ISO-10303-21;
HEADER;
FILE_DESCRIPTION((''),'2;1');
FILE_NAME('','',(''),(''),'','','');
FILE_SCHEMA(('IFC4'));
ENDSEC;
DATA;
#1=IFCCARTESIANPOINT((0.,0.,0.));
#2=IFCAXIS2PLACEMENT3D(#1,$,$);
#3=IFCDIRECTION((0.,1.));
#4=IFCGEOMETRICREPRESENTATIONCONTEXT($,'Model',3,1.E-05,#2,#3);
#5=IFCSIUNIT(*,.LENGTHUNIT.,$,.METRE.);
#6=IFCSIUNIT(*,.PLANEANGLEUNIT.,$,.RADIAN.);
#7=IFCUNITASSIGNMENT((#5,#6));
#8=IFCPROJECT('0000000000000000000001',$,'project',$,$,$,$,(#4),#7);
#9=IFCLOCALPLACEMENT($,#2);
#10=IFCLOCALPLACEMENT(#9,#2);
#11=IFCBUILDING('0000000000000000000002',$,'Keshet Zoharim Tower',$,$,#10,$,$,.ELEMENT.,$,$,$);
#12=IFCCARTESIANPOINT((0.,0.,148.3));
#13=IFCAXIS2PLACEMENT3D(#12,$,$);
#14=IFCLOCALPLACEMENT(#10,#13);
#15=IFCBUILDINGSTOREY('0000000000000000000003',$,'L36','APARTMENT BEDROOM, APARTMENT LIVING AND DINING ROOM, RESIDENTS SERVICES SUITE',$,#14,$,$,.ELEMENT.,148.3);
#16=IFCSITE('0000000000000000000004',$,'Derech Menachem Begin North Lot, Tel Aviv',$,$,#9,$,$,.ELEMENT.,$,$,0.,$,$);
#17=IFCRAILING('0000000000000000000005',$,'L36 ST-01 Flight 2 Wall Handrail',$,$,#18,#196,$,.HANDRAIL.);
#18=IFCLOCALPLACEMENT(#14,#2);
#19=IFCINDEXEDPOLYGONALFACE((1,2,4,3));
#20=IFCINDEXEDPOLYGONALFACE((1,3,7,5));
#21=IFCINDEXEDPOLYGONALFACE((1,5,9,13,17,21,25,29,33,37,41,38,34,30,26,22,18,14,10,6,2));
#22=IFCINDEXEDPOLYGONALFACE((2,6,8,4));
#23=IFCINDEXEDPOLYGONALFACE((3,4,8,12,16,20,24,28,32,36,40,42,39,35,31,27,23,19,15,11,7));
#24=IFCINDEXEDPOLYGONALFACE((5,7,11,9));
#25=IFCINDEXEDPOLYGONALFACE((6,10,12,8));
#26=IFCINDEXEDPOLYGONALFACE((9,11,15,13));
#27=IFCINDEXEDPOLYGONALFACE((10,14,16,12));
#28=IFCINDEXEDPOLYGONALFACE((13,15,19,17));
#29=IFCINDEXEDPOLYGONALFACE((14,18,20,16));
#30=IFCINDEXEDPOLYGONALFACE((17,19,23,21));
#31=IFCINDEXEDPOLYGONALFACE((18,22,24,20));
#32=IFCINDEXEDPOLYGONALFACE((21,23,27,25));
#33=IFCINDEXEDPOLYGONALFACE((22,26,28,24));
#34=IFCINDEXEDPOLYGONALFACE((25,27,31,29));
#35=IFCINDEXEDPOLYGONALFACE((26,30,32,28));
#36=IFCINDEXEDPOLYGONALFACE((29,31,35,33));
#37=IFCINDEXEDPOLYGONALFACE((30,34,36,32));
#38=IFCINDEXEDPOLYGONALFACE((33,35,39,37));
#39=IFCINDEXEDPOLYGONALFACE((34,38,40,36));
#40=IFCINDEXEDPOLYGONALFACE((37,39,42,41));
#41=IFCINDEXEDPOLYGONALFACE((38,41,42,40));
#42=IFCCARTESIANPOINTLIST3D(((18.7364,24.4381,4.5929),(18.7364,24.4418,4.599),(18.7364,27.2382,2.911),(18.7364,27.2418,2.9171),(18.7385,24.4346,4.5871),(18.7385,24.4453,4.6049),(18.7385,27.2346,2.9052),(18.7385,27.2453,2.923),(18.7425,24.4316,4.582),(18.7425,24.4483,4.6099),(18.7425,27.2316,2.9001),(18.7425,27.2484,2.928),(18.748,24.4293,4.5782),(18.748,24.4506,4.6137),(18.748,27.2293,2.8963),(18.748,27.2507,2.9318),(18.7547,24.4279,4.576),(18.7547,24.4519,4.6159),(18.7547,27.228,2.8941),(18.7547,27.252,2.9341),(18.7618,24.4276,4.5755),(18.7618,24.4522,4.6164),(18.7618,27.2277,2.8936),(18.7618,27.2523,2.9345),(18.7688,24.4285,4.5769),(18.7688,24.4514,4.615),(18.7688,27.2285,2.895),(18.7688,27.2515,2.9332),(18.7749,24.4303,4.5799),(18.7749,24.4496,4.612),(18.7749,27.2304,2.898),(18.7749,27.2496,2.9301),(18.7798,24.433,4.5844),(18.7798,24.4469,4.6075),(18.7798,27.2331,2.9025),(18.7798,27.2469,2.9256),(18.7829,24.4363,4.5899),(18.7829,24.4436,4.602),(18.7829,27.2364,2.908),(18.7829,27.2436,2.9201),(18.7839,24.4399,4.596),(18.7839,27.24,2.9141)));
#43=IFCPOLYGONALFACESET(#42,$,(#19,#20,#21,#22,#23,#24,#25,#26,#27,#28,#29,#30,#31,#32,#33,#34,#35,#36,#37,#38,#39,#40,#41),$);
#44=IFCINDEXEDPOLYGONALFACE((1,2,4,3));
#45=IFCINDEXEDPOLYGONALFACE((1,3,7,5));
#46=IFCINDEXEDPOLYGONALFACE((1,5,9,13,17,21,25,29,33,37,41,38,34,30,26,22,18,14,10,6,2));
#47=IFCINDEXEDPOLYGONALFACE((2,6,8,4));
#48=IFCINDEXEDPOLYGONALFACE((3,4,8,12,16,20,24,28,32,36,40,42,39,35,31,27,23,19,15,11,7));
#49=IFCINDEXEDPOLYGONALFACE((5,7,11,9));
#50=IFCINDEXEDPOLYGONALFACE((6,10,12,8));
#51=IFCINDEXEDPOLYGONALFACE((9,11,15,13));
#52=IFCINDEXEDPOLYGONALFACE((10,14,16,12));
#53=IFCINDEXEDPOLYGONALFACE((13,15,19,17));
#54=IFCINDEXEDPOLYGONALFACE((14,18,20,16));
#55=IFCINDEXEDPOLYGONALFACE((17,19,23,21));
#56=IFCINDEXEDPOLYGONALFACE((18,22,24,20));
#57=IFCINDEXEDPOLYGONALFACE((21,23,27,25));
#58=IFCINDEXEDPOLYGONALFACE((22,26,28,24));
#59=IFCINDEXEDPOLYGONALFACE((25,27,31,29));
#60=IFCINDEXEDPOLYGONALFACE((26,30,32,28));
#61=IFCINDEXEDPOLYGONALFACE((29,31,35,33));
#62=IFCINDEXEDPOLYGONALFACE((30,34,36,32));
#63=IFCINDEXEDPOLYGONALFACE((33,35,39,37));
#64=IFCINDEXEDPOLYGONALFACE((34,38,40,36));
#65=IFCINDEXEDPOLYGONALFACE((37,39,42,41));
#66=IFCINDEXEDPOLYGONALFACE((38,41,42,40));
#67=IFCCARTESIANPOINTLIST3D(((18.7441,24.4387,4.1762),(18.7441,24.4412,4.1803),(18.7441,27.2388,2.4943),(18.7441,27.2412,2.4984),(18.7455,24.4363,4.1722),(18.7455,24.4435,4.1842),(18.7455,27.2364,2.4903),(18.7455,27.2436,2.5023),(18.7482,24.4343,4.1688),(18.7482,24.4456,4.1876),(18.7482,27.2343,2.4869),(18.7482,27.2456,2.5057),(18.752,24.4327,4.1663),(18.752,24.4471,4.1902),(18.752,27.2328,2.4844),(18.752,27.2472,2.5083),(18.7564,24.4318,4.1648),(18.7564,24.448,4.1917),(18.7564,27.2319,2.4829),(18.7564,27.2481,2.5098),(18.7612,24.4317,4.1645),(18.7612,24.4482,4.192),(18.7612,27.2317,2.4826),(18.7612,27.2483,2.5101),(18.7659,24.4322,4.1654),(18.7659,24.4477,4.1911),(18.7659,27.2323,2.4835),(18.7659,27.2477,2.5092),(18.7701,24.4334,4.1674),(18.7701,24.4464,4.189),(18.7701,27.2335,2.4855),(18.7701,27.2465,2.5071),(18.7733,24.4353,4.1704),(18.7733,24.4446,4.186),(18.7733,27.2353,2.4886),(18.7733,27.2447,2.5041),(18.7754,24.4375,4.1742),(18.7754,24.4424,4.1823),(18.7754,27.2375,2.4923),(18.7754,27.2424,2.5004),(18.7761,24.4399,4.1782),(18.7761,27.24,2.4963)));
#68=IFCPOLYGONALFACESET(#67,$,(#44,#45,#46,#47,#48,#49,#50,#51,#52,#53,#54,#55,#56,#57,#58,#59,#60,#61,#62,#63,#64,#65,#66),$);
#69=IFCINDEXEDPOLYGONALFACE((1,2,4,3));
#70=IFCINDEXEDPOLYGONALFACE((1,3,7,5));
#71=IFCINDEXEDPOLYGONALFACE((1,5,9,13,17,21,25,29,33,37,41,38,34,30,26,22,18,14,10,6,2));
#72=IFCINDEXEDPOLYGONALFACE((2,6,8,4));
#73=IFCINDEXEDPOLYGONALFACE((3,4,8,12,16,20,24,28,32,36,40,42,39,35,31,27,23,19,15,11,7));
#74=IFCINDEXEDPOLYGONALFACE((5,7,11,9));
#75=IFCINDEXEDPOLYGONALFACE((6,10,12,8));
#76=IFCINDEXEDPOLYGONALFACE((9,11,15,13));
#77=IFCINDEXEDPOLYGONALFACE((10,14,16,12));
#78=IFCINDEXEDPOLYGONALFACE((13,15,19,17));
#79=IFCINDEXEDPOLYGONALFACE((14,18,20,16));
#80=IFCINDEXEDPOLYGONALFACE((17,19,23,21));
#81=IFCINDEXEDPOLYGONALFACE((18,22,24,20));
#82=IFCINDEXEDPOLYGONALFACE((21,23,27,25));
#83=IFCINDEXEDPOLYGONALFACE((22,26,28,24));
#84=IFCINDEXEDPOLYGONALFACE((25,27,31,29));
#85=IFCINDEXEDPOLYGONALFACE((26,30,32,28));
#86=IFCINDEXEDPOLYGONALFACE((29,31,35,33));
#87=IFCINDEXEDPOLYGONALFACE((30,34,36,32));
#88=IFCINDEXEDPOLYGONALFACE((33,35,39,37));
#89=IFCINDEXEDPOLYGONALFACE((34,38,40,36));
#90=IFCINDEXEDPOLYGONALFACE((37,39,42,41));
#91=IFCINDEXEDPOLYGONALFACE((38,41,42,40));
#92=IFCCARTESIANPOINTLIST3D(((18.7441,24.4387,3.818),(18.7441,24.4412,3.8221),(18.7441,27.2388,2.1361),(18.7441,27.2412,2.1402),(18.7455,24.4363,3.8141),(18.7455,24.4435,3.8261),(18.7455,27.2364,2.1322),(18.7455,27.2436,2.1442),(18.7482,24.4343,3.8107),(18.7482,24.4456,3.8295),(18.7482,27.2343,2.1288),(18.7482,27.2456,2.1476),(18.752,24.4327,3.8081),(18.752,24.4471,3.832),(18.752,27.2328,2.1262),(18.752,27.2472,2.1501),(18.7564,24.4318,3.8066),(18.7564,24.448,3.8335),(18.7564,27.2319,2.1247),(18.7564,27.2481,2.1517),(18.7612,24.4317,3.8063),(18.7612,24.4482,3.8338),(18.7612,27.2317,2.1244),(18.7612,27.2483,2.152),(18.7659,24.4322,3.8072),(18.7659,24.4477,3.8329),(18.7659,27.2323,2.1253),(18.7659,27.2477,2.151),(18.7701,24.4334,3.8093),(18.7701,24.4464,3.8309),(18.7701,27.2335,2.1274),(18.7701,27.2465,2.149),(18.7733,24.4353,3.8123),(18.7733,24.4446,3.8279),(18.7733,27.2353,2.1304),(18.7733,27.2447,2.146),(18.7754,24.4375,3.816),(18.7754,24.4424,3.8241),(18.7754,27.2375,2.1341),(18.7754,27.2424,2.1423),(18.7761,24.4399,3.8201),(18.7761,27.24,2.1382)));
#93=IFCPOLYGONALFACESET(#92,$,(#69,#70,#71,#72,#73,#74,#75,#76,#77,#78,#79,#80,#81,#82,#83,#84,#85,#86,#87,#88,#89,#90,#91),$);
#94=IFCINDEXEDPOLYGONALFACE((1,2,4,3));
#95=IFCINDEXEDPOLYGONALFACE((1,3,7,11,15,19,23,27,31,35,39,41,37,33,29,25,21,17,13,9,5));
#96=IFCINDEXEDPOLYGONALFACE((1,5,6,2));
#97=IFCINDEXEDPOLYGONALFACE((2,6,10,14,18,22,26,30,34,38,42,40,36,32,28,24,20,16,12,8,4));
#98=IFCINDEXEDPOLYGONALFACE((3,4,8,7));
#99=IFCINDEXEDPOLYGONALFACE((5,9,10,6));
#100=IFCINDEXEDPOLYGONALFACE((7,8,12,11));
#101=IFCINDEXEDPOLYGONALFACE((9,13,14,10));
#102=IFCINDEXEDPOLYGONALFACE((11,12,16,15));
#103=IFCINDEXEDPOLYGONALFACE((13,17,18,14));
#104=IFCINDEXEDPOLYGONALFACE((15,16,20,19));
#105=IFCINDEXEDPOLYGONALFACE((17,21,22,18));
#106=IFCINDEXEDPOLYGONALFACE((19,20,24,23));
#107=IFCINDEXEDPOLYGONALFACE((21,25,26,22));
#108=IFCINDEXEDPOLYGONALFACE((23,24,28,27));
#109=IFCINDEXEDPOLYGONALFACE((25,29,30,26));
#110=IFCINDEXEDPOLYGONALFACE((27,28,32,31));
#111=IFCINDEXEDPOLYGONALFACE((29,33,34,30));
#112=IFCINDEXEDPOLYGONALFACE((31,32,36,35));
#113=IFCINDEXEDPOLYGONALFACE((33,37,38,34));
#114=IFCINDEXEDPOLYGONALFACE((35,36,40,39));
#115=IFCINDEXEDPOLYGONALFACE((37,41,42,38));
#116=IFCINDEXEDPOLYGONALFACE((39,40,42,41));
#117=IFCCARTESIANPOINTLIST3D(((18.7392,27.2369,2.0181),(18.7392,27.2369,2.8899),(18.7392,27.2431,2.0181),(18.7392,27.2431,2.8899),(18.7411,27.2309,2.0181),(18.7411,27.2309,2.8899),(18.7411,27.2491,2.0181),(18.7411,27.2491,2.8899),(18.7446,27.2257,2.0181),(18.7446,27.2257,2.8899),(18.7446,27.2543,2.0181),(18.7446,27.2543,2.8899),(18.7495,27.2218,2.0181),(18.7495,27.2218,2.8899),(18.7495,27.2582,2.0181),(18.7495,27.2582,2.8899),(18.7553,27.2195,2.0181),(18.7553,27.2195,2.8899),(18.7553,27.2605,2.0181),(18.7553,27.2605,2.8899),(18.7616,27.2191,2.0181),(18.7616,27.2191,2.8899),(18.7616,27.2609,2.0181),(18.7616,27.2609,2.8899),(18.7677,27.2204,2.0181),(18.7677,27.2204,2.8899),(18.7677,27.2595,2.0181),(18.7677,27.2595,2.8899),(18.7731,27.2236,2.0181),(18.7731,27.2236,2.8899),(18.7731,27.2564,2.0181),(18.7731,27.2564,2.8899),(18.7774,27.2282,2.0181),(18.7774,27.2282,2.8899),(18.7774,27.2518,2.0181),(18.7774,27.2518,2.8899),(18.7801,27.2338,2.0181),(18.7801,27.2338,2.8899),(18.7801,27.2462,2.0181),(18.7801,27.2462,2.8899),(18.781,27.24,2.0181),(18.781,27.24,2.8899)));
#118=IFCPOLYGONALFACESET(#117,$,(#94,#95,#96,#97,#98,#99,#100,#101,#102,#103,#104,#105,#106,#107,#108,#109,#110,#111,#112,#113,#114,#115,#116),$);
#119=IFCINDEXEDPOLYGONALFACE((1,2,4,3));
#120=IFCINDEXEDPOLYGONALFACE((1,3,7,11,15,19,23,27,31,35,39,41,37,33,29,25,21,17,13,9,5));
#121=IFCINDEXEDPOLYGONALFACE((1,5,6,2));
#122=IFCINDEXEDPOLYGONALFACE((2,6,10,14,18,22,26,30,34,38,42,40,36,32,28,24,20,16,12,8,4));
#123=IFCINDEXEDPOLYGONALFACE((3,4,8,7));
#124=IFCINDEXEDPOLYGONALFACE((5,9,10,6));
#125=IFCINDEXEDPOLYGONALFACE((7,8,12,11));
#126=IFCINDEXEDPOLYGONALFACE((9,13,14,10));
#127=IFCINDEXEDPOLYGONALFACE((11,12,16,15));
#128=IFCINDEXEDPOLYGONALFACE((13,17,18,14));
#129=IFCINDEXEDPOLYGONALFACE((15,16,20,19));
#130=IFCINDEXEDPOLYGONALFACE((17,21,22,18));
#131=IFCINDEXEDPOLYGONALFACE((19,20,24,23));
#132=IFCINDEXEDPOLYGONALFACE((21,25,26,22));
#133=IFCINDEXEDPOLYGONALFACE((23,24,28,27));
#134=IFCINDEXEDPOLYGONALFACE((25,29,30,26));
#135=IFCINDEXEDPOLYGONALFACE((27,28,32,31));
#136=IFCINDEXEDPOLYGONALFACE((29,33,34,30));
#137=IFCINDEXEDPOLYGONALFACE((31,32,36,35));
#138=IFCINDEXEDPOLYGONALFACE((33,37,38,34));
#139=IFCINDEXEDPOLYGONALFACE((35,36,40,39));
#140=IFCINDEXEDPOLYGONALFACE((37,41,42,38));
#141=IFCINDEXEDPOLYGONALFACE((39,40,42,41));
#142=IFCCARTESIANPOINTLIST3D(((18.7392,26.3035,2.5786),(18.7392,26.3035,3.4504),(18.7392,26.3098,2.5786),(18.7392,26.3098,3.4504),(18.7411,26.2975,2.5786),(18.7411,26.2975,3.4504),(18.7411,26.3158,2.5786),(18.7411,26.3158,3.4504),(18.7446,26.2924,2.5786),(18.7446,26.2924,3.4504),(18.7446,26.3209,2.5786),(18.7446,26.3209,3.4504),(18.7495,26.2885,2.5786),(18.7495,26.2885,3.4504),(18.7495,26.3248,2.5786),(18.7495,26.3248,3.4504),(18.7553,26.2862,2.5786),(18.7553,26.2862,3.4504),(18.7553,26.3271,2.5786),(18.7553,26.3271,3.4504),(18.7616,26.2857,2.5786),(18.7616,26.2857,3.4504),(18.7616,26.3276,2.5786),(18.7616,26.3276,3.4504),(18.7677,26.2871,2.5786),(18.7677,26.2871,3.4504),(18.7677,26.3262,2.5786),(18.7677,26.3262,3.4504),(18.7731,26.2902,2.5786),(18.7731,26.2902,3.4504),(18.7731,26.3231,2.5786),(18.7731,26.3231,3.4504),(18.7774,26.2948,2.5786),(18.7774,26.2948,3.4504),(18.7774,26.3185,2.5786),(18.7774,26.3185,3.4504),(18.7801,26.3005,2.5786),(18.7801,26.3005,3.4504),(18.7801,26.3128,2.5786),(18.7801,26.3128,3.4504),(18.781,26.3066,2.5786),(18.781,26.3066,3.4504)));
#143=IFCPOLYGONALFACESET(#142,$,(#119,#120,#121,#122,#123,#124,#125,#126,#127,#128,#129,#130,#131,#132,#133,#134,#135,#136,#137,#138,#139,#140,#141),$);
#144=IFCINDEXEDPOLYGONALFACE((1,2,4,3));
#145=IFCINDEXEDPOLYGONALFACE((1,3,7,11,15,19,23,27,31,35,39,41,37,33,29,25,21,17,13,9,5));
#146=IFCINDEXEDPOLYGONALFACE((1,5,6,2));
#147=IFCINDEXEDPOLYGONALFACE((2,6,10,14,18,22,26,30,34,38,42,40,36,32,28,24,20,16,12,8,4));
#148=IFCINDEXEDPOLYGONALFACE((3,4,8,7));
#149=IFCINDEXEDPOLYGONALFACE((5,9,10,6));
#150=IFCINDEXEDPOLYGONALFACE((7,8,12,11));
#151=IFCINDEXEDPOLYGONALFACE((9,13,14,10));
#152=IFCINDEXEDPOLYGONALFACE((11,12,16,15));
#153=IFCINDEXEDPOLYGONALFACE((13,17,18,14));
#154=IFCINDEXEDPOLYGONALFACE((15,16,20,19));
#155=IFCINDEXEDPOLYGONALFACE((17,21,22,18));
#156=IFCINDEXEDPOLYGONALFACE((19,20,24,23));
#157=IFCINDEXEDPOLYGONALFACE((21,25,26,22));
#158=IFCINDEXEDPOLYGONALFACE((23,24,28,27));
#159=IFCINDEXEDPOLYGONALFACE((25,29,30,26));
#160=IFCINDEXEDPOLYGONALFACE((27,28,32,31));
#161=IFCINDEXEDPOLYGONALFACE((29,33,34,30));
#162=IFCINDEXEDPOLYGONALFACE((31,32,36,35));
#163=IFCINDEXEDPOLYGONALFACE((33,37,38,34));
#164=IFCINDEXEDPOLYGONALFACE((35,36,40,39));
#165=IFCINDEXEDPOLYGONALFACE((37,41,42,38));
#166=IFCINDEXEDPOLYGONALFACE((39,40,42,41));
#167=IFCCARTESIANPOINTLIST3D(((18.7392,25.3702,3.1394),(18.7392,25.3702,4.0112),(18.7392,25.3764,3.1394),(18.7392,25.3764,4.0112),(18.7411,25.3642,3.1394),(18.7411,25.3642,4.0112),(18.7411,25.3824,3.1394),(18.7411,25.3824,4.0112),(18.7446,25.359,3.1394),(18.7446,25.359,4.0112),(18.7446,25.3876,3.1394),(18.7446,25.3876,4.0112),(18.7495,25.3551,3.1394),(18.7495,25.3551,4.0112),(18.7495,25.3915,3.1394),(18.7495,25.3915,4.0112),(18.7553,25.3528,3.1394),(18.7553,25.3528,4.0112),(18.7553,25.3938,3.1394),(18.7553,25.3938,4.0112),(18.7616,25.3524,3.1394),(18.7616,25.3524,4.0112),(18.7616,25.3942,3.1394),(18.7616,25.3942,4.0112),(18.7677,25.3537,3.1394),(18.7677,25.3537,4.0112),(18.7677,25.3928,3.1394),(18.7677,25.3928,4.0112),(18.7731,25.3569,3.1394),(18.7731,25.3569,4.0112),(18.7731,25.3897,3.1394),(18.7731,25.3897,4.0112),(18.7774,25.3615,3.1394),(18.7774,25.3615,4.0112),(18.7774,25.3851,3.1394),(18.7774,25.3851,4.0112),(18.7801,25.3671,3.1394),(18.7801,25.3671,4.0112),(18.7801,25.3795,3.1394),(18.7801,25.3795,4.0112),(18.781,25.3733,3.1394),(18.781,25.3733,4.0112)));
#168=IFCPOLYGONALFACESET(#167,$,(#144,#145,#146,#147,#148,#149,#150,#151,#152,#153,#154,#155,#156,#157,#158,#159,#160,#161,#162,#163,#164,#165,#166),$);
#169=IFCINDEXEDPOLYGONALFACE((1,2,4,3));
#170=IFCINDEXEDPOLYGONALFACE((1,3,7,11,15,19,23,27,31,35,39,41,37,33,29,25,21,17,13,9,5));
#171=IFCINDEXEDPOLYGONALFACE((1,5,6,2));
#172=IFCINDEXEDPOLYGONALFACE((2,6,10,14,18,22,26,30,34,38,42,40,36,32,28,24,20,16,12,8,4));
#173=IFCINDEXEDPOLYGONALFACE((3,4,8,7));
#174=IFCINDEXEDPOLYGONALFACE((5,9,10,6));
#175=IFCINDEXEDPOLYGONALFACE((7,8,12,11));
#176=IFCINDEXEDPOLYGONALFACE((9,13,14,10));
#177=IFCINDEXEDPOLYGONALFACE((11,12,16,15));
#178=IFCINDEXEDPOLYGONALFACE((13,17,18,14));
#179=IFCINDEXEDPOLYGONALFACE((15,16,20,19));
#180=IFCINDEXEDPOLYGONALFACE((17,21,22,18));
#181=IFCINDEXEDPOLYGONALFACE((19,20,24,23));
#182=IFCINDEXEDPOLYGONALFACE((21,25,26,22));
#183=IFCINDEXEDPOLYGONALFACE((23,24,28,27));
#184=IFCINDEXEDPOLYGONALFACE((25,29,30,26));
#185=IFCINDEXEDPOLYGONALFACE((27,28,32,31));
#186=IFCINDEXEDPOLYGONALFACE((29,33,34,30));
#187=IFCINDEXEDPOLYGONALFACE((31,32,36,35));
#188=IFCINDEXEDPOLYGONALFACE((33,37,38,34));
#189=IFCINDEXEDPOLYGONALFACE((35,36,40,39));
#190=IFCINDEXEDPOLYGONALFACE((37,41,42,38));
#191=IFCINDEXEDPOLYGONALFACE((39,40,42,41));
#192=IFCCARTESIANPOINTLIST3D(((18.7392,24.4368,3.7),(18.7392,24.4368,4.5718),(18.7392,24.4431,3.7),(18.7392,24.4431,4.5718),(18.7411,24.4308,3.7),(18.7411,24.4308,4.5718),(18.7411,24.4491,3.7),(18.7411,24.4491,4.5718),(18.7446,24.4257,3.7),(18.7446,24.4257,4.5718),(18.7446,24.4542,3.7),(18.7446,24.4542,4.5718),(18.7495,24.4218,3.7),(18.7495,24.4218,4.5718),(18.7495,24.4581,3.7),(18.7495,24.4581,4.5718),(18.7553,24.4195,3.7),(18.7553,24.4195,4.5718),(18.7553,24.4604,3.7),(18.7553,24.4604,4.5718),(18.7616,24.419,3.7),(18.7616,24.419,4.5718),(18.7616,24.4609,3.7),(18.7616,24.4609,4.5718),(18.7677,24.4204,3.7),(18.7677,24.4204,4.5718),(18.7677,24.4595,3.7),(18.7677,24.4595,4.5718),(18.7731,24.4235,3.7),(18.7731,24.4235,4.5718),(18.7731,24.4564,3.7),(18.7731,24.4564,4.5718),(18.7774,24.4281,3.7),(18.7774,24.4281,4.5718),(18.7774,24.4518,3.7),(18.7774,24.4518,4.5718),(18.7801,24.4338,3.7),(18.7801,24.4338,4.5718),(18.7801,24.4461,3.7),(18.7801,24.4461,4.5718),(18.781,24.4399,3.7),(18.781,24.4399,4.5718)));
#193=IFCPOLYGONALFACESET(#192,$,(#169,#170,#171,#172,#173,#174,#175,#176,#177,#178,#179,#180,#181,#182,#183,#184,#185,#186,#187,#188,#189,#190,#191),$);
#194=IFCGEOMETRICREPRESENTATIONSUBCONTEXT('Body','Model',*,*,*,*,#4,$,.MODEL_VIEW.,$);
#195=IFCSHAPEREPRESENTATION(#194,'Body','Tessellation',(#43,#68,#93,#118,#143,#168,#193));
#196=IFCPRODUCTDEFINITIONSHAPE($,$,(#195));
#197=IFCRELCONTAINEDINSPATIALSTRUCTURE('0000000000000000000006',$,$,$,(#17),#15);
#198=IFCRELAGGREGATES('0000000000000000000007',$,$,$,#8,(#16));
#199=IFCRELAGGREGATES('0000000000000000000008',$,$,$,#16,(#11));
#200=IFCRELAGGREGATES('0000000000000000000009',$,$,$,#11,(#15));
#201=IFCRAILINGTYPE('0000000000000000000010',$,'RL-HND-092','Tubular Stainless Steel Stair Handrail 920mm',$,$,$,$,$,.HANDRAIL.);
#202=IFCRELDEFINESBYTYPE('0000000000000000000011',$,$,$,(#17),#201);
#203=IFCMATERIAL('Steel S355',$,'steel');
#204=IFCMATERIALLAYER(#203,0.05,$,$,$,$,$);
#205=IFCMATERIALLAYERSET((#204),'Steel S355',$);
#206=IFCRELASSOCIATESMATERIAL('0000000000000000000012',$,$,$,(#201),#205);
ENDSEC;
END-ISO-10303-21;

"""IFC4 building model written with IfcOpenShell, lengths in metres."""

from ifc_helpers import new_model, si_unit, direction, frame, origin, origin_2d, place, context, subcontext, project, spatial, circle, extrude, material, layer, layer_set, type_object, element, save


model = new_model("IFC4")

# Units and contexts
model_context = context("Model", 3, precision=1e-05, world=origin(), true_north=direction((0.0, 1.0)))
body_context = subcontext(model_context, "Body", "Model", "MODEL_VIEW")
ifc_project = project(units=[si_unit("LENGTHUNIT", "METRE"), si_unit("PLANEANGLEUNIT", "RADIAN")], contexts=[model_context])

# Site, building, storey
site_placement = place(None, origin())
site = spatial("IfcSite", under=ifc_project, at=site_placement, Name="Derech Menachem Begin North Lot, Tel Aviv", CompositionType="ELEMENT", RefElevation=0.0)
building_placement = place(site_placement, origin())
building = spatial("IfcBuilding", under=site, at=building_placement, Name="Keshet Zoharim Tower", CompositionType="ELEMENT")
storey_placement = place(building_placement, frame((0.0, 0.0, 148.3)))
storey = spatial("IfcBuildingStorey", under=building, at=storey_placement, Name="L36", Description="APARTMENT BEDROOM, APARTMENT LIVING AND DINING ROOM, RESIDENTS SERVICES SUITE", CompositionType="ELEMENT", Elevation=148.3)

# Shared definitions
ifc_material_1 = material(Name="Steel S355", Category="steel")

# Railing
ifc_layer_1 = layer(ifc_material_1, 0.05)
ifc_layer_set_1 = layer_set([ifc_layer_1], Name="Steel S355")
railing_type_1 = type_object("IfcRailingType", Name="RL-HND-092", Description="Tubular Stainless Steel Stair Handrail 920mm", PredefinedType="HANDRAIL", material=ifc_layer_set_1)
railing_1_placement = place(storey_placement, frame((18.76, 27.24, 2.0181)))
element("IfcRailing", 1, at=railing_1_placement, inside=storey, type_object=railing_type_1, Name="L36 ST-01 Flight 2 Wall Handrail", PredefinedType="HANDRAIL", context=body_context, shape_type="SweptSolid", body=[
    extrude(circle(Radius=0.0239, at=origin_2d()), frame((0.0, 0.0, 0.896), z_axis=(0.0, -0.857242, 0.514913), x_axis=(1.0, 0.0, 0.0)), (0.0, 0.0, 1.0), 3.2664),
    extrude(circle(Radius=0.0161, at=origin_2d()), frame((0.0, 0.0, 0.4783), z_axis=(0.0, -0.857242, 0.514913), x_axis=(1.0, 0.0, 0.0)), (0.0, 0.0, 1.0), 3.2664),
    extrude(circle(Radius=0.0161, at=origin_2d()), frame((0.0, 0.0, 0.1201), z_axis=(0.0, -0.857242, 0.514913), x_axis=(1.0, 0.0, 0.0)), (0.0, 0.0, 1.0), 3.2664),
    extrude(circle(Radius=0.021, at=origin_2d()), origin(), (0.0, 0.0, 1.0), 0.8718),
    extrude(circle(Radius=0.021, at=origin_2d()), frame((0.0, -0.9333, 0.5605)), (0.0, 0.0, 1.0), 0.8718),
    extrude(circle(Radius=0.021, at=origin_2d()), frame((0.0, -1.8667, 1.1213)), (0.0, 0.0, 1.0), 0.8718),
    extrude(circle(Radius=0.021, at=origin_2d()), frame((0.0, -2.8, 1.6819)), (0.0, 0.0, 1.0), 0.8718),
])

save(model, "model.ifc")
